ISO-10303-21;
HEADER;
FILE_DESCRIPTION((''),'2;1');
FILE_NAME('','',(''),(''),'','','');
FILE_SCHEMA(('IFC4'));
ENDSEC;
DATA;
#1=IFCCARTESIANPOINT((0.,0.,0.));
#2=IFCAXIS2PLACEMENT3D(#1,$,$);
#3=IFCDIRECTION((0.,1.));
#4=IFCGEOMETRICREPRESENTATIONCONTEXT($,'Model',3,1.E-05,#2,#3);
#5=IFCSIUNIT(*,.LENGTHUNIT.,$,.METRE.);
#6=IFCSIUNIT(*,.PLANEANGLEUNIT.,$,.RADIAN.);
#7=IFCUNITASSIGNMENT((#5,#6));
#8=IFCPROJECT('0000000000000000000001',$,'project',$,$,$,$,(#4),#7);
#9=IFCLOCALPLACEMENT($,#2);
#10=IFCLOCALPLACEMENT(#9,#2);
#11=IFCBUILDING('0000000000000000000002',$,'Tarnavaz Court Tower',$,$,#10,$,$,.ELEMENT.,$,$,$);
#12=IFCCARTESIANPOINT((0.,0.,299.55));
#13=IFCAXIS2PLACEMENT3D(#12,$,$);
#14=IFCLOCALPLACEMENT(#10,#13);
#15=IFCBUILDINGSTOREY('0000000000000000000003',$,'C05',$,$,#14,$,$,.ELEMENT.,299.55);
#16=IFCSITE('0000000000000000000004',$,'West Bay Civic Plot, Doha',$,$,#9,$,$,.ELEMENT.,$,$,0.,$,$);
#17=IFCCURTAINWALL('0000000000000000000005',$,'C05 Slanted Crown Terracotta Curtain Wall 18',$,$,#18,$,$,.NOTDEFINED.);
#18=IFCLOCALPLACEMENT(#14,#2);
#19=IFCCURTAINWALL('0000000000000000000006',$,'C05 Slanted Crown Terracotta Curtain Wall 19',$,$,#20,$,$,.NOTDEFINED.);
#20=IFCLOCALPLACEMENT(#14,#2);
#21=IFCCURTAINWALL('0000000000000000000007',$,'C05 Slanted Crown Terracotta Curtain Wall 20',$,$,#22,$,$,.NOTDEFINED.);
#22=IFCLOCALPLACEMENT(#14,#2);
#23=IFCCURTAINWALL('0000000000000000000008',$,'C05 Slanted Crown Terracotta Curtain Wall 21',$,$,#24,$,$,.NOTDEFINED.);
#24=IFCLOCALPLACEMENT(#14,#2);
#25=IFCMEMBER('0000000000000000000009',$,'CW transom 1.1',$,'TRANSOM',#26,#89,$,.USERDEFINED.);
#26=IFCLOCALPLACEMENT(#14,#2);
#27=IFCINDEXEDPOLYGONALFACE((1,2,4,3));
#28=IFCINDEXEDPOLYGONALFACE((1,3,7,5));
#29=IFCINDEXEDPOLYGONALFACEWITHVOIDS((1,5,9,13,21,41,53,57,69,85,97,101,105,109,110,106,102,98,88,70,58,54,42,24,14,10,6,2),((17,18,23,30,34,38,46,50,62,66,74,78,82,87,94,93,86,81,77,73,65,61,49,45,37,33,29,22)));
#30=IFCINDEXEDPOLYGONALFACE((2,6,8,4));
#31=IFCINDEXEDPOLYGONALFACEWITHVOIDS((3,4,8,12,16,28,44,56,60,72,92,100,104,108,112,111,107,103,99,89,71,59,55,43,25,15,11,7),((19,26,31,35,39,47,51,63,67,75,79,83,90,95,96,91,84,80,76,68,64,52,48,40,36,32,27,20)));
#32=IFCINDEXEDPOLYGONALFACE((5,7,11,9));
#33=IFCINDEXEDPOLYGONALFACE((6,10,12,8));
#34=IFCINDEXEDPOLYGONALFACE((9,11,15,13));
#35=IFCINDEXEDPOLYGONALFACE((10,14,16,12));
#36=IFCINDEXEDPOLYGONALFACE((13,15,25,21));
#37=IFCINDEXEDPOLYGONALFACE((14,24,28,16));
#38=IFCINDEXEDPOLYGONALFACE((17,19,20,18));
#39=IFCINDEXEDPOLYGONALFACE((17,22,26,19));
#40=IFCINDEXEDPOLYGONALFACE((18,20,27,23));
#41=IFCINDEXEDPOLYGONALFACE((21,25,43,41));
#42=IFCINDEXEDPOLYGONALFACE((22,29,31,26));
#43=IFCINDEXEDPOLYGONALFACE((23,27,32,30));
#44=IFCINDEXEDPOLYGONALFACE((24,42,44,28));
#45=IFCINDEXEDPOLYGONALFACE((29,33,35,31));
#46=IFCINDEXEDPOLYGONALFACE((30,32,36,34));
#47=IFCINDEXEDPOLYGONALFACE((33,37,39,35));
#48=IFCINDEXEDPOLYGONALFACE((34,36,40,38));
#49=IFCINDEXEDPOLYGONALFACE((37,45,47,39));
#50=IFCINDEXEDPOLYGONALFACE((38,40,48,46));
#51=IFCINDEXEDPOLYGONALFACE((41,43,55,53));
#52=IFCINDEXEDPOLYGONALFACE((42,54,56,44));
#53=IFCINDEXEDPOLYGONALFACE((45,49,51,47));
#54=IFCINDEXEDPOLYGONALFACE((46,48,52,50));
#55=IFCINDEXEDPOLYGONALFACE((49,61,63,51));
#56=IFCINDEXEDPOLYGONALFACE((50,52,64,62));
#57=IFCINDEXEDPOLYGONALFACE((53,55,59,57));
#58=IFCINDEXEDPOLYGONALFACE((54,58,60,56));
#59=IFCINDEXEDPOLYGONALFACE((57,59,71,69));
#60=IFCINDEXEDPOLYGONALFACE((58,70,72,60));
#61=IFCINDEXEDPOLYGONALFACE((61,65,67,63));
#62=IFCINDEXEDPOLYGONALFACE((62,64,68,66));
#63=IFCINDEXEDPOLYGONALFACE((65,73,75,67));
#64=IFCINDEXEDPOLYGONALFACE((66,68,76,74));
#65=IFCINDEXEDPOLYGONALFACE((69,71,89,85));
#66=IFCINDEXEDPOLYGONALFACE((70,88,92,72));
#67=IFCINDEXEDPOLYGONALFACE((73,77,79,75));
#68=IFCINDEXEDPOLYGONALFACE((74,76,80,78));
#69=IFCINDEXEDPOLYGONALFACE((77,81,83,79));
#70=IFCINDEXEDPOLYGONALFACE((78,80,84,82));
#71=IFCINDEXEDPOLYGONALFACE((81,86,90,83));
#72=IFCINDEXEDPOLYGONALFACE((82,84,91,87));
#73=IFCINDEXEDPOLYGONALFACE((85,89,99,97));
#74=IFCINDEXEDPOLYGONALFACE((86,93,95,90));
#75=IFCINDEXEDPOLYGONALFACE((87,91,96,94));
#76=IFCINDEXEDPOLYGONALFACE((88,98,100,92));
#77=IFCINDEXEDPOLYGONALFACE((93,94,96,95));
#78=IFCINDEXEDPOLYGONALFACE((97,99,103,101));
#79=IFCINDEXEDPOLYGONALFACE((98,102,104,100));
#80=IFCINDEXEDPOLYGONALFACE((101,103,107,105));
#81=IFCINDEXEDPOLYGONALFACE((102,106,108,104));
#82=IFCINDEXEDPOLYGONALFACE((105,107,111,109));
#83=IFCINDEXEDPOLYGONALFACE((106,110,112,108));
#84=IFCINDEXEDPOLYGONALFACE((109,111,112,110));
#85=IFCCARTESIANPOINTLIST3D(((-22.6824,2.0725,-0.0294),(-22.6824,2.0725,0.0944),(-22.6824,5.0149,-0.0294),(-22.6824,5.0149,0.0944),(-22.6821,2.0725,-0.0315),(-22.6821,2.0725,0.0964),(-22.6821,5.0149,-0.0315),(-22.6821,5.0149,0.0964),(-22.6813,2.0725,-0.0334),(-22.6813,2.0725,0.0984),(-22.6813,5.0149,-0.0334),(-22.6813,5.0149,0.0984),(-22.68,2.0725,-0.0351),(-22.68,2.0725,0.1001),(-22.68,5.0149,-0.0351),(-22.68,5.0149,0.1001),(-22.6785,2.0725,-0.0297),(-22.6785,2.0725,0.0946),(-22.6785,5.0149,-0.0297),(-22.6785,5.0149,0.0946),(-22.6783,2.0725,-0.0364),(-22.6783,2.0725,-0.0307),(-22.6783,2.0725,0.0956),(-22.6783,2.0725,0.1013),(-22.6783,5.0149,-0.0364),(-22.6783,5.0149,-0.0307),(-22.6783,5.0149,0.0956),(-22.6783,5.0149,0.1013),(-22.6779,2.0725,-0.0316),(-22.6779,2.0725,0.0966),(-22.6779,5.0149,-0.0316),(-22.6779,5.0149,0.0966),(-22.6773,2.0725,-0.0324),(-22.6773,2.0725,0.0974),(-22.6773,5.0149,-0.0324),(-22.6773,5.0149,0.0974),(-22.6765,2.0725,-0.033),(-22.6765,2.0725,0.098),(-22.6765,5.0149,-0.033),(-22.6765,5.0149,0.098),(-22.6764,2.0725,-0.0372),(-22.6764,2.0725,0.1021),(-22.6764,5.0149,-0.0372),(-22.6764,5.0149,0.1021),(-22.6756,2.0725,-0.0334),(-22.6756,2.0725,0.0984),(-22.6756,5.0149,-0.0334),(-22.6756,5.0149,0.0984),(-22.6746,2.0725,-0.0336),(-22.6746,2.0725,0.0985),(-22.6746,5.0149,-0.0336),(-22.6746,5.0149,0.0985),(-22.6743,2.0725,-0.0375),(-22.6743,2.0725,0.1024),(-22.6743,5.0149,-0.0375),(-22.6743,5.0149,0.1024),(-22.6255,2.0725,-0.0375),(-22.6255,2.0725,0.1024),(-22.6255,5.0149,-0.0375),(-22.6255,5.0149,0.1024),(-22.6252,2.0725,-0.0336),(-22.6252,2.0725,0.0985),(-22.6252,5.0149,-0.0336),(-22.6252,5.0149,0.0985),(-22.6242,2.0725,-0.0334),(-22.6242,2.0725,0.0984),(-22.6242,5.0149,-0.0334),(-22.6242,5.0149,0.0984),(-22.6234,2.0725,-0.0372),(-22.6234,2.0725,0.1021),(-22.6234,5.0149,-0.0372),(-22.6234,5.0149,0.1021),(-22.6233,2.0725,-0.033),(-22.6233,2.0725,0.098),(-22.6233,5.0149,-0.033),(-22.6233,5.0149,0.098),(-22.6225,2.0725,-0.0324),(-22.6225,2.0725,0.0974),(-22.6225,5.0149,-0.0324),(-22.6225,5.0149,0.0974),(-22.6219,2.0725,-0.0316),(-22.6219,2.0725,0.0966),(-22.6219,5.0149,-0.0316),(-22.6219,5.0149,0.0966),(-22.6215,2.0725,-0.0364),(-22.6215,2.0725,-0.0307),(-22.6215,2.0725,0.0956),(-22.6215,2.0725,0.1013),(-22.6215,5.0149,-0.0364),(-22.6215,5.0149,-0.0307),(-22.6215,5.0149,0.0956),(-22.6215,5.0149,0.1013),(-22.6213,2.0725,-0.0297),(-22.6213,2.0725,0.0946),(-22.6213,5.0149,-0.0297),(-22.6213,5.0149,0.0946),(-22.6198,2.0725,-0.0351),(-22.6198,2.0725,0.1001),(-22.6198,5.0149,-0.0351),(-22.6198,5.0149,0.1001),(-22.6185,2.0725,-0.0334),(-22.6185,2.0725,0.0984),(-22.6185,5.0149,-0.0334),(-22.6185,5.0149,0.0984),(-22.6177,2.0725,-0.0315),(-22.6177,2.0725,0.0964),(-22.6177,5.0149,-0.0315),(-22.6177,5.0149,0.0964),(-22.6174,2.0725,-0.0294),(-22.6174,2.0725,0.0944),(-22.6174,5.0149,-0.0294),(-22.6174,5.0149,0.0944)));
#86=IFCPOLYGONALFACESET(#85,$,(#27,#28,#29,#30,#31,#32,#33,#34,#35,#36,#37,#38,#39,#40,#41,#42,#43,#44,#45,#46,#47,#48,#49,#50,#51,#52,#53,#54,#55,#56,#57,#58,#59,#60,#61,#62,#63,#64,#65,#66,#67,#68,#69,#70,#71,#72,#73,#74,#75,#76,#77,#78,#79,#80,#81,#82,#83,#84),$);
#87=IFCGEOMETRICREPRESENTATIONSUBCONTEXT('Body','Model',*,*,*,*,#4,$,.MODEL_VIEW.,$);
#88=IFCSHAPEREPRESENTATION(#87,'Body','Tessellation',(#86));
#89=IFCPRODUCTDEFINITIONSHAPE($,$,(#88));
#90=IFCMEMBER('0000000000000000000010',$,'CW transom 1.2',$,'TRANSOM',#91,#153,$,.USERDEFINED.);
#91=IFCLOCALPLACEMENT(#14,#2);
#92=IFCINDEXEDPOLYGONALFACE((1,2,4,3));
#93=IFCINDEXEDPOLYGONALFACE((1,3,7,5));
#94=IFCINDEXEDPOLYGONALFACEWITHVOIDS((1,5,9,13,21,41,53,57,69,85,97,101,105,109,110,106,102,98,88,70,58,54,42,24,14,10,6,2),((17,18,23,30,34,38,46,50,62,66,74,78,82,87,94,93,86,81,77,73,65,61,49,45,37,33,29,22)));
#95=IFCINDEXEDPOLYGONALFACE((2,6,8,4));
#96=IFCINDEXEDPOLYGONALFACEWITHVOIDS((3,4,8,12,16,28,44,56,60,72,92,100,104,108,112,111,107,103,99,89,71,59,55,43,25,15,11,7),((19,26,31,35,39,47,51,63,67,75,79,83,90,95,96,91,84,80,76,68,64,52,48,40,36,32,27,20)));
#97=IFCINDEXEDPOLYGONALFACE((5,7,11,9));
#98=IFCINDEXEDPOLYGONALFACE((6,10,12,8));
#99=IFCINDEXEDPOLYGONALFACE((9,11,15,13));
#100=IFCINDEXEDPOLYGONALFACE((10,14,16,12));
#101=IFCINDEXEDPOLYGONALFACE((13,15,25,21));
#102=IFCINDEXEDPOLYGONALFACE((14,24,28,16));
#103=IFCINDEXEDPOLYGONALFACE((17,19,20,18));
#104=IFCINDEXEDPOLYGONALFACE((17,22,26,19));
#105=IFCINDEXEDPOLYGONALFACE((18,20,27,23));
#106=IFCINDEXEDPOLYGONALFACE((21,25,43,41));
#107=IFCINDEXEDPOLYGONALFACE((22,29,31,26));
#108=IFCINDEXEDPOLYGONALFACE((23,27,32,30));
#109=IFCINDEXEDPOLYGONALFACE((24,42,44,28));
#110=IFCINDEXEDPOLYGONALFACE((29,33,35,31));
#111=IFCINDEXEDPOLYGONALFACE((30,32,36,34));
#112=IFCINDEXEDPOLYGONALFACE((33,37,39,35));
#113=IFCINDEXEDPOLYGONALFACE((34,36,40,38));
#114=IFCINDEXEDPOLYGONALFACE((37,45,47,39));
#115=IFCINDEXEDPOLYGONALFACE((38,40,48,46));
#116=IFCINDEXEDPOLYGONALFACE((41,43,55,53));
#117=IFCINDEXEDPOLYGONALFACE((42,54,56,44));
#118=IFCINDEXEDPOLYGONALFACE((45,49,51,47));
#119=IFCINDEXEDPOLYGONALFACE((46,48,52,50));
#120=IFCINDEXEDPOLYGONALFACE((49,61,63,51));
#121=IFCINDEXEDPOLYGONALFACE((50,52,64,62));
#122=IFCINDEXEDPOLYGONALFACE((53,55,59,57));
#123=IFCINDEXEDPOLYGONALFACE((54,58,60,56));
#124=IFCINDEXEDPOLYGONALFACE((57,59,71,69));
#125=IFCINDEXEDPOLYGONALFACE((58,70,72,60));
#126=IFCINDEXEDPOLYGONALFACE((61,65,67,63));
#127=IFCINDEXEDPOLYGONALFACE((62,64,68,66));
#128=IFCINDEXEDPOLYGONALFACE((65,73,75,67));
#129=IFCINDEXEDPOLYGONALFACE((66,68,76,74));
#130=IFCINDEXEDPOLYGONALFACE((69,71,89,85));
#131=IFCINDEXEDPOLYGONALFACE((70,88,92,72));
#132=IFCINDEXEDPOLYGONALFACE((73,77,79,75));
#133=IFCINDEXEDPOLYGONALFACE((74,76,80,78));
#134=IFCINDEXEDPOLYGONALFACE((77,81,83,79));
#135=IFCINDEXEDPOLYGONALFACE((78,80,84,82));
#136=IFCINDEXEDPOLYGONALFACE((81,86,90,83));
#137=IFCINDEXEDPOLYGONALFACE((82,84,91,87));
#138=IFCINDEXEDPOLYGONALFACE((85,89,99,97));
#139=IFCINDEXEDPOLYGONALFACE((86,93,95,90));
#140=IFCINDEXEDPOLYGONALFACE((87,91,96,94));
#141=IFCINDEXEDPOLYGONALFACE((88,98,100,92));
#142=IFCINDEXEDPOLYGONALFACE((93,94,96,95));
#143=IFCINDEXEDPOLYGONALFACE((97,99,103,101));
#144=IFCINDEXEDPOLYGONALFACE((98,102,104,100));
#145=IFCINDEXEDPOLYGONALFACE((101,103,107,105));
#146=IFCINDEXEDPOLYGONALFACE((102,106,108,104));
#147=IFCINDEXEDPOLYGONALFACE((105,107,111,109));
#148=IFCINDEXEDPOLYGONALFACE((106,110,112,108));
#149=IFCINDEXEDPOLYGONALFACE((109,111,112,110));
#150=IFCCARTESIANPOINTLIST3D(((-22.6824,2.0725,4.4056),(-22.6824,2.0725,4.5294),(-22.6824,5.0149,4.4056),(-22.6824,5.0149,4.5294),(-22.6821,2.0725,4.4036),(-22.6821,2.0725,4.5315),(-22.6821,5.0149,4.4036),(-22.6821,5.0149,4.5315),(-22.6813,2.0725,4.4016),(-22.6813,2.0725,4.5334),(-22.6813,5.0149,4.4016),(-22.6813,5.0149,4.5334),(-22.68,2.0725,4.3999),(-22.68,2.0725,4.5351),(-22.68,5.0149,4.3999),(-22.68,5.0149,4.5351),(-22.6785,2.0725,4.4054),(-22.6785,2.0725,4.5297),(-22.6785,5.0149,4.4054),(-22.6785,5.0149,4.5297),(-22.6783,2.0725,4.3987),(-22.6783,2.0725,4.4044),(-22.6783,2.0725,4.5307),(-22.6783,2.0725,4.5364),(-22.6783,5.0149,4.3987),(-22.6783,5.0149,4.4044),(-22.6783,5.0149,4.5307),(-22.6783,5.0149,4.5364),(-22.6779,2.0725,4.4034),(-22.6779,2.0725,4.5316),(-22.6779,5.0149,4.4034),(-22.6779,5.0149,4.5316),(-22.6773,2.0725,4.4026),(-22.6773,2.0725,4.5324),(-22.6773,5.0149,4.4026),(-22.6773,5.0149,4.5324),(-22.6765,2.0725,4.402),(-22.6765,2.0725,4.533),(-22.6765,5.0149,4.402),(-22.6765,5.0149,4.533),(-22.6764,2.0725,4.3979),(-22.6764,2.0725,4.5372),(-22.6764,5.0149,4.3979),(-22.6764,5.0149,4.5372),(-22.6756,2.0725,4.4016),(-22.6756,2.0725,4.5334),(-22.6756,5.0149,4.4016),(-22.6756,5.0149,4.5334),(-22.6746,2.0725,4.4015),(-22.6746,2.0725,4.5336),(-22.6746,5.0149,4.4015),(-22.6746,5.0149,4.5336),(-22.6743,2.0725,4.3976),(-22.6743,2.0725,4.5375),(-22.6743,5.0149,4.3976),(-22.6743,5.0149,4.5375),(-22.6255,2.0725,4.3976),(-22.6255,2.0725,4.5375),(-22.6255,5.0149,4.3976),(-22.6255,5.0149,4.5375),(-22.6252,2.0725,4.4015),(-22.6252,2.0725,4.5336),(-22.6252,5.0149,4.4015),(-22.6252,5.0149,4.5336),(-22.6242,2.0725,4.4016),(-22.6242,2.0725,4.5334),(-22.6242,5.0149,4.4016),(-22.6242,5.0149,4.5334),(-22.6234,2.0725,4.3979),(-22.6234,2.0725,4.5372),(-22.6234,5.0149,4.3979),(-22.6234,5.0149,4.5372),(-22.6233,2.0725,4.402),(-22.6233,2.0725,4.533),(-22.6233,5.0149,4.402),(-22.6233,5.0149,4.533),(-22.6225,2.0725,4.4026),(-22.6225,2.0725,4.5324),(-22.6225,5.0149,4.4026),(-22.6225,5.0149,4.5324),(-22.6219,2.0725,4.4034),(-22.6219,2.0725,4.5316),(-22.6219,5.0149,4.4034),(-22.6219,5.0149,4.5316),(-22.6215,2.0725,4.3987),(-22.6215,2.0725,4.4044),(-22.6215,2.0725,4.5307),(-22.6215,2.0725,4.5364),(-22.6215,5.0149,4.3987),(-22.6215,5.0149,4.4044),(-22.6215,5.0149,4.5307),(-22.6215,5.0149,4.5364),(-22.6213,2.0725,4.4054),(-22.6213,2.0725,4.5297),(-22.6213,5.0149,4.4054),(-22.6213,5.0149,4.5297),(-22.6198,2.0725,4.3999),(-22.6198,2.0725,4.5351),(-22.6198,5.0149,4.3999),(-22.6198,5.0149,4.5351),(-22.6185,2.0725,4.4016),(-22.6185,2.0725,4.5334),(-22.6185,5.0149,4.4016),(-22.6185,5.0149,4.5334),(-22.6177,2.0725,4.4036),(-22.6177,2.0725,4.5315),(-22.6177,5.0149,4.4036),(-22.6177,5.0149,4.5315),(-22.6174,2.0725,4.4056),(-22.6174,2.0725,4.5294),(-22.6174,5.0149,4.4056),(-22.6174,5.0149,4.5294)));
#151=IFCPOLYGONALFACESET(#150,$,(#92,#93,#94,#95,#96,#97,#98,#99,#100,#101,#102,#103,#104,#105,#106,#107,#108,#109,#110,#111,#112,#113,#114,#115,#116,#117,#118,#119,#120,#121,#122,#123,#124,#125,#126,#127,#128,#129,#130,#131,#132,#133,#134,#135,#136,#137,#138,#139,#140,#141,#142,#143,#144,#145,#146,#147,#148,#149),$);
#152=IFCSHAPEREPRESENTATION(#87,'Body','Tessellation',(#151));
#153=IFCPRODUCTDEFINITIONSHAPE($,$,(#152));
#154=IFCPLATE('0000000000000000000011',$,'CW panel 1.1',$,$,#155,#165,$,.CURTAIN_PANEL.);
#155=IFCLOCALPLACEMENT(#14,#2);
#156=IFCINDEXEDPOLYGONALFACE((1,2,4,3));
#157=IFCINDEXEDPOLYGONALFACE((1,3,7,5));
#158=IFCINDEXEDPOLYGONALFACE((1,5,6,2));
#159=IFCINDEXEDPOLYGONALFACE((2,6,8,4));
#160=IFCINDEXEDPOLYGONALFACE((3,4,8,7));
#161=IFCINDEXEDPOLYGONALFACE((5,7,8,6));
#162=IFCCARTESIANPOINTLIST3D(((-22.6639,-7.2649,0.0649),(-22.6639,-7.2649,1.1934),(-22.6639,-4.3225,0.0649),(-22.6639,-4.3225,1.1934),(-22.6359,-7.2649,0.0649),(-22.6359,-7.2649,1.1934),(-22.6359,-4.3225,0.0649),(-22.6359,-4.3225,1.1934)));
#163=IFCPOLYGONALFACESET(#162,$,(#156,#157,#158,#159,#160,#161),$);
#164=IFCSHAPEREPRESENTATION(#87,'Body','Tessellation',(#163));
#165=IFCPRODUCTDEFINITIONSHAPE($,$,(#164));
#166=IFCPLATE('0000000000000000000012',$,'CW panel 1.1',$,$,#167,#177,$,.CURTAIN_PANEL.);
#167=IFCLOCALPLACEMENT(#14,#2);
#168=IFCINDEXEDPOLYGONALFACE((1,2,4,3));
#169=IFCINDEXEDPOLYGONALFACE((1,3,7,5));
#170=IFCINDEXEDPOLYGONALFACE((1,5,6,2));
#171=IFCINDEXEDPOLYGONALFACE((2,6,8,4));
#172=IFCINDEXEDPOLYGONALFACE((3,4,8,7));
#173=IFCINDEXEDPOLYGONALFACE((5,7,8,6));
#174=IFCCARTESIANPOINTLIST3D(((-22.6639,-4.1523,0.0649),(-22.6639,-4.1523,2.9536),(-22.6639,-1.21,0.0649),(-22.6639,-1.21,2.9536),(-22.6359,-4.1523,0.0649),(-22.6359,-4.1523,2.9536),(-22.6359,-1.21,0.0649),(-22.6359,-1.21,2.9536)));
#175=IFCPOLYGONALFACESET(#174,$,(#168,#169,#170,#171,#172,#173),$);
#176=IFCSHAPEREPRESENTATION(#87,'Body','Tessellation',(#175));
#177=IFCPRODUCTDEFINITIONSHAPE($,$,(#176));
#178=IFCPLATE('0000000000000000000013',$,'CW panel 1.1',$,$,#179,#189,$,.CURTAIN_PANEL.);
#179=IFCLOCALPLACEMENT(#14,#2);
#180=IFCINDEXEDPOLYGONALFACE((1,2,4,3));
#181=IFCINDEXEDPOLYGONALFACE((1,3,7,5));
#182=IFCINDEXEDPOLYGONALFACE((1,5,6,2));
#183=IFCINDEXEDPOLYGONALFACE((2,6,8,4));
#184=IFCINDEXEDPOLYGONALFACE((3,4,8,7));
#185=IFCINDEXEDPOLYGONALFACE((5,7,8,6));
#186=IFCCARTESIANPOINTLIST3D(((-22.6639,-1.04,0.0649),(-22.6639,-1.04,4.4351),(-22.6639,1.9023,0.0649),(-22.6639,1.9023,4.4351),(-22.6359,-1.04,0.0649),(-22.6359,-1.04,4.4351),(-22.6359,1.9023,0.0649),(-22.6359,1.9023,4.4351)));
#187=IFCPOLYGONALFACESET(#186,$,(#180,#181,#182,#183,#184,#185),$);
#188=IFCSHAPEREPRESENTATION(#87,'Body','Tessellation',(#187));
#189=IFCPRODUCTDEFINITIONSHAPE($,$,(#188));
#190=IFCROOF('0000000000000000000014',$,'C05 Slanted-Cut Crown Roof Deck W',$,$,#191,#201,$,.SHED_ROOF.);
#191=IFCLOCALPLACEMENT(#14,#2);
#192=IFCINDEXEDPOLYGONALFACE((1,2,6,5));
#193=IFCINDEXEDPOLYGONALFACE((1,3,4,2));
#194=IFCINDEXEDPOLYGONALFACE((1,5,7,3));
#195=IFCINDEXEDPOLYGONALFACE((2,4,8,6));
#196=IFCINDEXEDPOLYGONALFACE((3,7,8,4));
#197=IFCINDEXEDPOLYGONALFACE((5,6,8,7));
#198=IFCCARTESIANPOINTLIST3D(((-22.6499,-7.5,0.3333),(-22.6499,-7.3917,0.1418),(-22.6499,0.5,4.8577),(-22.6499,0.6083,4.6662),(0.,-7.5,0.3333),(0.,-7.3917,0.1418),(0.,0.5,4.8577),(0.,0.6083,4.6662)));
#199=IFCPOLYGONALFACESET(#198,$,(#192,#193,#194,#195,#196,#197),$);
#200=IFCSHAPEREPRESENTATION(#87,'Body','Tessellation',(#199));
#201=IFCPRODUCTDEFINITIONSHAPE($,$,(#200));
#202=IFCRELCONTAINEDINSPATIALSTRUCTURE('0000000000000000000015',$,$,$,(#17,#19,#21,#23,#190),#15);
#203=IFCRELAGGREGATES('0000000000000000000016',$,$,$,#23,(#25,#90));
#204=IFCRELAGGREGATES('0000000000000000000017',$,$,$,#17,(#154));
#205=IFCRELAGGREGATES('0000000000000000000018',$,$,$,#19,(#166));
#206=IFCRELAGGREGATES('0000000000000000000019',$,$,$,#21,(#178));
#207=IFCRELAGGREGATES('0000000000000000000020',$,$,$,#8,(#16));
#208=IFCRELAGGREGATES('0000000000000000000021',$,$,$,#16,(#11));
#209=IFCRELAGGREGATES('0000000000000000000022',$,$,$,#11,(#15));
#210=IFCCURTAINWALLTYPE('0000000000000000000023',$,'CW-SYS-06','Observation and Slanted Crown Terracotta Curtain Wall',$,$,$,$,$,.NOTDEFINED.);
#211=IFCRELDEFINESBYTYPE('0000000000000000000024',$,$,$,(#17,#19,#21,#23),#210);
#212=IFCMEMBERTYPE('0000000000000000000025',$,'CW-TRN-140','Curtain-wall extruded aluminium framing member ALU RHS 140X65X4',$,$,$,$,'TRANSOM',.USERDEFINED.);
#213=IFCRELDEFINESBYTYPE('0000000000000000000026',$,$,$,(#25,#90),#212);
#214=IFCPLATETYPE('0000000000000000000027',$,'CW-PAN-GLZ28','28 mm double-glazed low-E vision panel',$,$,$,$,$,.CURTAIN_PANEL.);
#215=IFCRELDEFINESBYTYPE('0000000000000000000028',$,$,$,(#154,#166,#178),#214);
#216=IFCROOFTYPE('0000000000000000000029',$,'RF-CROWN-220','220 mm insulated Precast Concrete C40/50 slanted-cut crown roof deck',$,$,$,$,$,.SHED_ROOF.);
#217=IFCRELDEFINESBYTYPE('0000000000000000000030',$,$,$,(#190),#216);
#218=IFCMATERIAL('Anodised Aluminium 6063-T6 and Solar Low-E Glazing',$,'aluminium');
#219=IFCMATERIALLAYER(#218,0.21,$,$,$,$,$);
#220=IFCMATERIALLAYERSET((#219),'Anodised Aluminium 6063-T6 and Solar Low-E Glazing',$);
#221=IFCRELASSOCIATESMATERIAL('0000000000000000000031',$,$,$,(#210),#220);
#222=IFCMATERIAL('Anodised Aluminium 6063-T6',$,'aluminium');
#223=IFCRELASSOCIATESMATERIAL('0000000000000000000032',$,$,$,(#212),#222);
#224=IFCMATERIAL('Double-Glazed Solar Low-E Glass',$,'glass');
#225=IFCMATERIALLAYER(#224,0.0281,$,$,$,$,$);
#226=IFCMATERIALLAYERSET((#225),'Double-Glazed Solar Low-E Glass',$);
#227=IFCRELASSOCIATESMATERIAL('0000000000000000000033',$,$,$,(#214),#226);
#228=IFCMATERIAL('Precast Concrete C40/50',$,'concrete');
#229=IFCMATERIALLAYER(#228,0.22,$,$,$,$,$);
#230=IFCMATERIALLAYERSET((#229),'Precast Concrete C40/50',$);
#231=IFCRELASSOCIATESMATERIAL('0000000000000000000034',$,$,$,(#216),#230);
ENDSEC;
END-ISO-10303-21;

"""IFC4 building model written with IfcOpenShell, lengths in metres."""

from ifc_helpers import new_model, si_unit, direction, frame, origin, origin_2d, place, context, subcontext, project, spatial, polyline, rectangle, hollow_rectangle, outline, extrude, material, layer, layer_set, material_profile, profile_set, type_object, element, aggregate, save


model = new_model("IFC4")

# Units and contexts
model_context = context("Model", 3, precision=1e-05, world=origin(), true_north=direction((0.0, 1.0)))
body_context = subcontext(model_context, "Body", "Model", "MODEL_VIEW")
ifc_project = project(units=[si_unit("LENGTHUNIT", "METRE"), si_unit("PLANEANGLEUNIT", "RADIAN")], contexts=[model_context])

# Site, building, storey
site_placement = place(None, origin())
site = spatial("IfcSite", under=ifc_project, at=site_placement, Name="West Bay Civic Plot, Doha", CompositionType="ELEMENT", RefElevation=0.0)
building_placement = place(site_placement, origin())
building = spatial("IfcBuilding", under=site, at=building_placement, Name="Tarnavaz Court Tower", CompositionType="ELEMENT")
storey_placement = place(building_placement, frame((0.0, 0.0, 299.55)))
storey = spatial("IfcBuildingStorey", under=building, at=storey_placement, Name="C05", CompositionType="ELEMENT", Elevation=299.55)

# Curtain walls
ifc_material_1 = material(Name="Anodised Aluminium 6063-T6 and Solar Low-E Glazing", Category="aluminium")
ifc_layer_1 = layer(ifc_material_1, 0.21)
ifc_layer_set_1 = layer_set([ifc_layer_1], Name="Anodised Aluminium 6063-T6 and Solar Low-E Glazing")
curtain_wall_type = type_object("IfcCurtainWallType", Name="CW-SYS-06", Description="Observation and Slanted Crown Terracotta Curtain Wall", PredefinedType="NOTDEFINED", material=ifc_layer_set_1)
curtain_wall_1_placement = place(storey_placement, origin())
curtain_wall_1 = element("IfcCurtainWall", 1, at=curtain_wall_1_placement, inside=storey, type_object=curtain_wall_type, Name="C05 Slanted Crown Terracotta Curtain Wall 18", PredefinedType="NOTDEFINED")
ifc_material_2 = material(Name="Anodised Aluminium 6063-T6", Category="aluminium")
curtain_wall_2_placement = place(storey_placement, origin())
curtain_wall_2 = element("IfcCurtainWall", 2, at=curtain_wall_2_placement, inside=storey, type_object=curtain_wall_type, Name="C05 Slanted Crown Terracotta Curtain Wall 19", PredefinedType="NOTDEFINED")
curtain_wall_3_placement = place(storey_placement, origin())
curtain_wall_3 = element("IfcCurtainWall", 3, at=curtain_wall_3_placement, inside=storey, type_object=curtain_wall_type, Name="C05 Slanted Crown Terracotta Curtain Wall 20", PredefinedType="NOTDEFINED")

# Curtain wall
curtain_wall_4_placement = place(storey_placement, origin())
curtain_wall_4 = element("IfcCurtainWall", 4, at=curtain_wall_4_placement, inside=storey, type_object=curtain_wall_type, Name="C05 Slanted Crown Terracotta Curtain Wall 21", PredefinedType="NOTDEFINED")

# Members
ifc_material_profile_1 = material_profile(ifc_material_2, hollow_rectangle(XDim=0.0649, YDim=0.1399, WallThickness=0.0039, InnerFilletRadius=0.0039, OuterFilletRadius=0.0081, at=origin_2d()), Name="ALU RHS 140X65X4")
ifc_profile_set_1 = profile_set([ifc_material_profile_1], Name="Anodised Aluminium 6063-T6")
member_type_1 = type_object("IfcMemberType", Name="CW-TRN-140", Description="Curtain-wall extruded aluminium framing member ALU RHS 140X65X4", ElementType="TRANSOM", PredefinedType="USERDEFINED", material=ifc_profile_set_1)
member_1_placement = place(storey_placement, frame((-22.6499, 2.0725, 0.0325), z_axis=(0.0, 1.0, 0.0), x_axis=(-1.0, 0.0, 0.0)))
member_1 = element("IfcMember", 5, at=member_1_placement, type_object=member_type_1, Name="CW transom 1.1", ObjectType="TRANSOM", PredefinedType="USERDEFINED", context=body_context, shape_type="SweptSolid", body=[
    extrude(hollow_rectangle(XDim=0.0649, YDim=0.1399, WallThickness=0.0039, InnerFilletRadius=0.0039, OuterFilletRadius=0.0081, at=origin_2d()), origin(), (0.0, 0.0, 1.0), 2.9424),
])
member_2_placement = place(storey_placement, frame((-22.6499, 2.0725, 4.4675), z_axis=(0.0, 1.0, 0.0), x_axis=(-1.0, 0.0, 0.0)))
member_2 = element("IfcMember", 6, at=member_2_placement, type_object=member_type_1, Name="CW transom 1.2", ObjectType="TRANSOM", PredefinedType="USERDEFINED", context=body_context, shape_type="SweptSolid", body=[
    extrude(hollow_rectangle(XDim=0.0649, YDim=0.1399, WallThickness=0.0039, InnerFilletRadius=0.0039, OuterFilletRadius=0.0081, at=origin_2d()), origin(), (0.0, 0.0, 1.0), 2.9424),
])
aggregate(curtain_wall_4, [member_1, member_2])

# Plates
ifc_material_3 = material(Name="Double-Glazed Solar Low-E Glass", Category="glass")
ifc_layer_2 = layer(ifc_material_3, 0.0281)
ifc_layer_set_2 = layer_set([ifc_layer_2], Name="Double-Glazed Solar Low-E Glass")
plate_type = type_object("IfcPlateType", Name="CW-PAN-GLZ28", Description="28 mm double-glazed low-E vision panel", PredefinedType="CURTAIN_PANEL", material=ifc_layer_set_2)
plate_1_placement = place(storey_placement, frame((-22.6499, -5.7937, 0.0649), z_axis=(0.0, 0.0, 1.0), x_axis=(0.0, 1.0, 0.0)))
plate_1 = element("IfcPlate", 7, at=plate_1_placement, type_object=plate_type, Name="CW panel 1.1", PredefinedType="CURTAIN_PANEL", context=body_context, shape_type="SweptSolid", body=[
    extrude(rectangle(XDim=2.9424, YDim=0.0281, at=origin_2d()), origin(), (0.0, 0.0, 1.0), 1.1284),
])
aggregate(curtain_wall_1, [plate_1])
plate_2_placement = place(storey_placement, frame((-22.6499, -2.6812, 0.0649), z_axis=(0.0, 0.0, 1.0), x_axis=(0.0, 1.0, 0.0)))
plate_2 = element("IfcPlate", 8, at=plate_2_placement, type_object=plate_type, Name="CW panel 1.1", PredefinedType="CURTAIN_PANEL", context=body_context, shape_type="SweptSolid", body=[
    extrude(rectangle(XDim=2.9424, YDim=0.0281, at=origin_2d()), origin(), (0.0, 0.0, 1.0), 2.8887),
])
aggregate(curtain_wall_2, [plate_2])
plate_3_placement = place(storey_placement, frame((-22.6499, 0.4312, 0.0649), z_axis=(0.0, 0.0, 1.0), x_axis=(0.0, 1.0, 0.0)))
plate_3 = element("IfcPlate", 9, at=plate_3_placement, type_object=plate_type, Name="CW panel 1.1", PredefinedType="CURTAIN_PANEL", context=body_context, shape_type="SweptSolid", body=[
    extrude(rectangle(XDim=2.9424, YDim=0.0281, at=origin_2d()), origin(), (0.0, 0.0, 1.0), 4.3701),
])
aggregate(curtain_wall_3, [plate_3])

# Roof
ifc_material_4 = material(Name="Precast Concrete C40/50", Category="concrete")
ifc_layer_3 = layer(ifc_material_4, 0.22)
ifc_layer_set_3 = layer_set([ifc_layer_3], Name="Precast Concrete C40/50")
roof_type = type_object("IfcRoofType", Name="RF-CROWN-220", Description="220 mm insulated Precast Concrete C40/50 slanted-cut crown roof deck", PredefinedType="SHED_ROOF", material=ifc_layer_set_3)
roof_placement = place(storey_placement, frame((-22.6499, 0.5, 4.8577), z_axis=(0.0, -0.492278, 0.870438), x_axis=(1.0, 0.0, 0.0)))
element("IfcRoof", 10, at=roof_placement, inside=storey, type_object=roof_type, Name="C05 Slanted-Cut Crown Roof Deck W", PredefinedType="SHED_ROOF", context=body_context, shape_type="SweptSolid", body=[
    extrude(outline(polyline([(0.0, 0.0), (22.6499, 0.0), (22.6499, -9.1908), (0.0, -9.1908), (0.0, 0.0)])), origin(), (0.0, 0.0, -1.0), 0.22),
])

save(model, "model.ifc")
